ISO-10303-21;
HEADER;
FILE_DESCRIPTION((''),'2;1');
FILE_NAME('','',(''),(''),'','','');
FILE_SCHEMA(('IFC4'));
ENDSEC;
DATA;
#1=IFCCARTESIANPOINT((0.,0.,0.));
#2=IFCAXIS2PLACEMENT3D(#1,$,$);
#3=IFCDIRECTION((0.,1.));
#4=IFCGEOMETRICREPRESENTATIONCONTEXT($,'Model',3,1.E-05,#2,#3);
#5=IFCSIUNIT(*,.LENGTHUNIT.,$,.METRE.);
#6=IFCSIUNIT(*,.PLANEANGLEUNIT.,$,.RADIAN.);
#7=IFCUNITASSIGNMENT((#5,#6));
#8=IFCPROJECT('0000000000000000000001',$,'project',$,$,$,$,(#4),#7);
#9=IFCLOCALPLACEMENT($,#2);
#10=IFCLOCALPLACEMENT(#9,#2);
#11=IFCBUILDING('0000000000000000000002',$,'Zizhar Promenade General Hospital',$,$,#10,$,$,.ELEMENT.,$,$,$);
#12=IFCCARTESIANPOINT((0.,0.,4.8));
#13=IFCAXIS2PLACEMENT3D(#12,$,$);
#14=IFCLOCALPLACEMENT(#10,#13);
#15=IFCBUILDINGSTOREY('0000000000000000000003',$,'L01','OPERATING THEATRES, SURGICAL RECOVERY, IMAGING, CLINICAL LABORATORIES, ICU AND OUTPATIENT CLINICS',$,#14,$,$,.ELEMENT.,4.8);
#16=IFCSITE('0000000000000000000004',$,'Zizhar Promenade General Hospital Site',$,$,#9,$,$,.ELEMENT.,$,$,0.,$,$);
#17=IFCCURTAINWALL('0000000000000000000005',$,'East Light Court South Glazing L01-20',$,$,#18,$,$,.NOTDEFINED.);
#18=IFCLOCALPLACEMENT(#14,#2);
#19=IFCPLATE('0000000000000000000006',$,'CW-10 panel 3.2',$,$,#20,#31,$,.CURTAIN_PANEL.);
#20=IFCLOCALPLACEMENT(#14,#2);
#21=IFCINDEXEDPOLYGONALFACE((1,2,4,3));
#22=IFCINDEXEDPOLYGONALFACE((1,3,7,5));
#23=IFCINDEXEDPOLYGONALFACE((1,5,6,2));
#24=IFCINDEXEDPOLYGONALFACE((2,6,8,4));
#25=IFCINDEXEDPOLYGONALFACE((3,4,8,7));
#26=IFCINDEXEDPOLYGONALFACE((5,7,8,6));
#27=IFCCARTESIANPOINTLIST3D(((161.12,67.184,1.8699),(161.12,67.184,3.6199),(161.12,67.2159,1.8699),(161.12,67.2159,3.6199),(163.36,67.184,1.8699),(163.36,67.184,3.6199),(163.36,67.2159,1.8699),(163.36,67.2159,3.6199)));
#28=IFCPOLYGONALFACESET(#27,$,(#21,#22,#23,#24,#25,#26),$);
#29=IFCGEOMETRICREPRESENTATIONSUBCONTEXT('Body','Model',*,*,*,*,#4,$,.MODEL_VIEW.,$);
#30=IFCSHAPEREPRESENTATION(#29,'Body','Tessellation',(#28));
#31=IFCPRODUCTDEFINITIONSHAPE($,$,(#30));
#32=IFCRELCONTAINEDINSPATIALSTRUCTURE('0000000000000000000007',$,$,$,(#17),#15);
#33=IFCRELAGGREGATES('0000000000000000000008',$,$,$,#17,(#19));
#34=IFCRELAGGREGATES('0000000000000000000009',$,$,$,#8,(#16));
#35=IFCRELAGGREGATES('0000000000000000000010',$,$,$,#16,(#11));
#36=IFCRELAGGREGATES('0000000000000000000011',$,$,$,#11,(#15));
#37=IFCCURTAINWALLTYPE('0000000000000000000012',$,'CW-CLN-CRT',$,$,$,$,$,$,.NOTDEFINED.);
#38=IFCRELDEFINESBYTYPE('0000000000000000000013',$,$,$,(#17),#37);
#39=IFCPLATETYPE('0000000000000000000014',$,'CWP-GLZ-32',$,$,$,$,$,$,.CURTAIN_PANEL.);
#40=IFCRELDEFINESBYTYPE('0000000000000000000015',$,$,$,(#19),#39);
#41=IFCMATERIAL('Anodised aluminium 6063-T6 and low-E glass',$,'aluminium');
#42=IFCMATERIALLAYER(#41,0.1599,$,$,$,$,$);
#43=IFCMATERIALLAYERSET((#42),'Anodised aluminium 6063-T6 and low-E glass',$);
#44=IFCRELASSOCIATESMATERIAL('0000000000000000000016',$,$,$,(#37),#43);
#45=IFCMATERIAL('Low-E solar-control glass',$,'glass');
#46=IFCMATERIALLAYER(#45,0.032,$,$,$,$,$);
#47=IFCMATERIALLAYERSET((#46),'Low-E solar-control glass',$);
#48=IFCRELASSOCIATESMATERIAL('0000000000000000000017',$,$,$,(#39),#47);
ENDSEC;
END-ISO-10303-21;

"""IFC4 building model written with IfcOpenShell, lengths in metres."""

from ifc_helpers import new_model, si_unit, direction, frame, origin, origin_2d, place, context, subcontext, project, spatial, rectangle, extrude, material, layer, layer_set, type_object, element, aggregate, save


model = new_model("IFC4")

# Units and contexts
model_context = context("Model", 3, precision=1e-05, world=origin(), true_north=direction((0.0, 1.0)))
body_context = subcontext(model_context, "Body", "Model", "MODEL_VIEW")
ifc_project = project(units=[si_unit("LENGTHUNIT", "METRE"), si_unit("PLANEANGLEUNIT", "RADIAN")], contexts=[model_context])

# Site, building, storey
site_placement = place(None, origin())
site = spatial("IfcSite", under=ifc_project, at=site_placement, Name="Zizhar Promenade General Hospital Site", CompositionType="ELEMENT", RefElevation=0.0)
building_placement = place(site_placement, origin())
building = spatial("IfcBuilding", under=site, at=building_placement, Name="Zizhar Promenade General Hospital", CompositionType="ELEMENT")
storey_placement = place(building_placement, frame((0.0, 0.0, 4.8)))
storey = spatial("IfcBuildingStorey", under=building, at=storey_placement, Name="L01", Description="OPERATING THEATRES, SURGICAL RECOVERY, IMAGING, CLINICAL LABORATORIES, ICU AND OUTPATIENT CLINICS", CompositionType="ELEMENT", Elevation=4.8)

# Curtain wall
ifc_material_1 = material(Name="Anodised aluminium 6063-T6 and low-E glass", Category="aluminium")
ifc_layer_1 = layer(ifc_material_1, 0.1599)
ifc_layer_set_1 = layer_set([ifc_layer_1], Name="Anodised aluminium 6063-T6 and low-E glass")
curtain_wall_type = type_object("IfcCurtainWallType", Name="CW-CLN-CRT", PredefinedType="NOTDEFINED", material=ifc_layer_set_1)
curtain_wall_1_placement = place(storey_placement, origin())
curtain_wall_1 = element("IfcCurtainWall", 1, at=curtain_wall_1_placement, inside=storey, type_object=curtain_wall_type, Name="East Light Court South Glazing L01-20", PredefinedType="NOTDEFINED")

# Plate
ifc_material_2 = material(Name="Low-E solar-control glass", Category="glass")
ifc_layer_2 = layer(ifc_material_2, 0.032)
ifc_layer_set_2 = layer_set([ifc_layer_2], Name="Low-E solar-control glass")
plate_type = type_object("IfcPlateType", Name="CWP-GLZ-32", PredefinedType="CURTAIN_PANEL", material=ifc_layer_set_2)
plate_1_placement = place(storey_placement, frame((162.24, 67.2, 1.8699), z_axis=(0.0, 0.0, 1.0), x_axis=(1.0, 0.0, 0.0)))
plate_1 = element("IfcPlate", 2, at=plate_1_placement, type_object=plate_type, Name="CW-10 panel 3.2", PredefinedType="CURTAIN_PANEL", context=body_context, shape_type="SweptSolid", body=[
    extrude(rectangle(XDim=2.24, YDim=0.032, at=origin_2d()), origin(), (0.0, 0.0, 1.0), 1.75),
])
aggregate(curtain_wall_1, [plate_1])

save(model, "model.ifc")
